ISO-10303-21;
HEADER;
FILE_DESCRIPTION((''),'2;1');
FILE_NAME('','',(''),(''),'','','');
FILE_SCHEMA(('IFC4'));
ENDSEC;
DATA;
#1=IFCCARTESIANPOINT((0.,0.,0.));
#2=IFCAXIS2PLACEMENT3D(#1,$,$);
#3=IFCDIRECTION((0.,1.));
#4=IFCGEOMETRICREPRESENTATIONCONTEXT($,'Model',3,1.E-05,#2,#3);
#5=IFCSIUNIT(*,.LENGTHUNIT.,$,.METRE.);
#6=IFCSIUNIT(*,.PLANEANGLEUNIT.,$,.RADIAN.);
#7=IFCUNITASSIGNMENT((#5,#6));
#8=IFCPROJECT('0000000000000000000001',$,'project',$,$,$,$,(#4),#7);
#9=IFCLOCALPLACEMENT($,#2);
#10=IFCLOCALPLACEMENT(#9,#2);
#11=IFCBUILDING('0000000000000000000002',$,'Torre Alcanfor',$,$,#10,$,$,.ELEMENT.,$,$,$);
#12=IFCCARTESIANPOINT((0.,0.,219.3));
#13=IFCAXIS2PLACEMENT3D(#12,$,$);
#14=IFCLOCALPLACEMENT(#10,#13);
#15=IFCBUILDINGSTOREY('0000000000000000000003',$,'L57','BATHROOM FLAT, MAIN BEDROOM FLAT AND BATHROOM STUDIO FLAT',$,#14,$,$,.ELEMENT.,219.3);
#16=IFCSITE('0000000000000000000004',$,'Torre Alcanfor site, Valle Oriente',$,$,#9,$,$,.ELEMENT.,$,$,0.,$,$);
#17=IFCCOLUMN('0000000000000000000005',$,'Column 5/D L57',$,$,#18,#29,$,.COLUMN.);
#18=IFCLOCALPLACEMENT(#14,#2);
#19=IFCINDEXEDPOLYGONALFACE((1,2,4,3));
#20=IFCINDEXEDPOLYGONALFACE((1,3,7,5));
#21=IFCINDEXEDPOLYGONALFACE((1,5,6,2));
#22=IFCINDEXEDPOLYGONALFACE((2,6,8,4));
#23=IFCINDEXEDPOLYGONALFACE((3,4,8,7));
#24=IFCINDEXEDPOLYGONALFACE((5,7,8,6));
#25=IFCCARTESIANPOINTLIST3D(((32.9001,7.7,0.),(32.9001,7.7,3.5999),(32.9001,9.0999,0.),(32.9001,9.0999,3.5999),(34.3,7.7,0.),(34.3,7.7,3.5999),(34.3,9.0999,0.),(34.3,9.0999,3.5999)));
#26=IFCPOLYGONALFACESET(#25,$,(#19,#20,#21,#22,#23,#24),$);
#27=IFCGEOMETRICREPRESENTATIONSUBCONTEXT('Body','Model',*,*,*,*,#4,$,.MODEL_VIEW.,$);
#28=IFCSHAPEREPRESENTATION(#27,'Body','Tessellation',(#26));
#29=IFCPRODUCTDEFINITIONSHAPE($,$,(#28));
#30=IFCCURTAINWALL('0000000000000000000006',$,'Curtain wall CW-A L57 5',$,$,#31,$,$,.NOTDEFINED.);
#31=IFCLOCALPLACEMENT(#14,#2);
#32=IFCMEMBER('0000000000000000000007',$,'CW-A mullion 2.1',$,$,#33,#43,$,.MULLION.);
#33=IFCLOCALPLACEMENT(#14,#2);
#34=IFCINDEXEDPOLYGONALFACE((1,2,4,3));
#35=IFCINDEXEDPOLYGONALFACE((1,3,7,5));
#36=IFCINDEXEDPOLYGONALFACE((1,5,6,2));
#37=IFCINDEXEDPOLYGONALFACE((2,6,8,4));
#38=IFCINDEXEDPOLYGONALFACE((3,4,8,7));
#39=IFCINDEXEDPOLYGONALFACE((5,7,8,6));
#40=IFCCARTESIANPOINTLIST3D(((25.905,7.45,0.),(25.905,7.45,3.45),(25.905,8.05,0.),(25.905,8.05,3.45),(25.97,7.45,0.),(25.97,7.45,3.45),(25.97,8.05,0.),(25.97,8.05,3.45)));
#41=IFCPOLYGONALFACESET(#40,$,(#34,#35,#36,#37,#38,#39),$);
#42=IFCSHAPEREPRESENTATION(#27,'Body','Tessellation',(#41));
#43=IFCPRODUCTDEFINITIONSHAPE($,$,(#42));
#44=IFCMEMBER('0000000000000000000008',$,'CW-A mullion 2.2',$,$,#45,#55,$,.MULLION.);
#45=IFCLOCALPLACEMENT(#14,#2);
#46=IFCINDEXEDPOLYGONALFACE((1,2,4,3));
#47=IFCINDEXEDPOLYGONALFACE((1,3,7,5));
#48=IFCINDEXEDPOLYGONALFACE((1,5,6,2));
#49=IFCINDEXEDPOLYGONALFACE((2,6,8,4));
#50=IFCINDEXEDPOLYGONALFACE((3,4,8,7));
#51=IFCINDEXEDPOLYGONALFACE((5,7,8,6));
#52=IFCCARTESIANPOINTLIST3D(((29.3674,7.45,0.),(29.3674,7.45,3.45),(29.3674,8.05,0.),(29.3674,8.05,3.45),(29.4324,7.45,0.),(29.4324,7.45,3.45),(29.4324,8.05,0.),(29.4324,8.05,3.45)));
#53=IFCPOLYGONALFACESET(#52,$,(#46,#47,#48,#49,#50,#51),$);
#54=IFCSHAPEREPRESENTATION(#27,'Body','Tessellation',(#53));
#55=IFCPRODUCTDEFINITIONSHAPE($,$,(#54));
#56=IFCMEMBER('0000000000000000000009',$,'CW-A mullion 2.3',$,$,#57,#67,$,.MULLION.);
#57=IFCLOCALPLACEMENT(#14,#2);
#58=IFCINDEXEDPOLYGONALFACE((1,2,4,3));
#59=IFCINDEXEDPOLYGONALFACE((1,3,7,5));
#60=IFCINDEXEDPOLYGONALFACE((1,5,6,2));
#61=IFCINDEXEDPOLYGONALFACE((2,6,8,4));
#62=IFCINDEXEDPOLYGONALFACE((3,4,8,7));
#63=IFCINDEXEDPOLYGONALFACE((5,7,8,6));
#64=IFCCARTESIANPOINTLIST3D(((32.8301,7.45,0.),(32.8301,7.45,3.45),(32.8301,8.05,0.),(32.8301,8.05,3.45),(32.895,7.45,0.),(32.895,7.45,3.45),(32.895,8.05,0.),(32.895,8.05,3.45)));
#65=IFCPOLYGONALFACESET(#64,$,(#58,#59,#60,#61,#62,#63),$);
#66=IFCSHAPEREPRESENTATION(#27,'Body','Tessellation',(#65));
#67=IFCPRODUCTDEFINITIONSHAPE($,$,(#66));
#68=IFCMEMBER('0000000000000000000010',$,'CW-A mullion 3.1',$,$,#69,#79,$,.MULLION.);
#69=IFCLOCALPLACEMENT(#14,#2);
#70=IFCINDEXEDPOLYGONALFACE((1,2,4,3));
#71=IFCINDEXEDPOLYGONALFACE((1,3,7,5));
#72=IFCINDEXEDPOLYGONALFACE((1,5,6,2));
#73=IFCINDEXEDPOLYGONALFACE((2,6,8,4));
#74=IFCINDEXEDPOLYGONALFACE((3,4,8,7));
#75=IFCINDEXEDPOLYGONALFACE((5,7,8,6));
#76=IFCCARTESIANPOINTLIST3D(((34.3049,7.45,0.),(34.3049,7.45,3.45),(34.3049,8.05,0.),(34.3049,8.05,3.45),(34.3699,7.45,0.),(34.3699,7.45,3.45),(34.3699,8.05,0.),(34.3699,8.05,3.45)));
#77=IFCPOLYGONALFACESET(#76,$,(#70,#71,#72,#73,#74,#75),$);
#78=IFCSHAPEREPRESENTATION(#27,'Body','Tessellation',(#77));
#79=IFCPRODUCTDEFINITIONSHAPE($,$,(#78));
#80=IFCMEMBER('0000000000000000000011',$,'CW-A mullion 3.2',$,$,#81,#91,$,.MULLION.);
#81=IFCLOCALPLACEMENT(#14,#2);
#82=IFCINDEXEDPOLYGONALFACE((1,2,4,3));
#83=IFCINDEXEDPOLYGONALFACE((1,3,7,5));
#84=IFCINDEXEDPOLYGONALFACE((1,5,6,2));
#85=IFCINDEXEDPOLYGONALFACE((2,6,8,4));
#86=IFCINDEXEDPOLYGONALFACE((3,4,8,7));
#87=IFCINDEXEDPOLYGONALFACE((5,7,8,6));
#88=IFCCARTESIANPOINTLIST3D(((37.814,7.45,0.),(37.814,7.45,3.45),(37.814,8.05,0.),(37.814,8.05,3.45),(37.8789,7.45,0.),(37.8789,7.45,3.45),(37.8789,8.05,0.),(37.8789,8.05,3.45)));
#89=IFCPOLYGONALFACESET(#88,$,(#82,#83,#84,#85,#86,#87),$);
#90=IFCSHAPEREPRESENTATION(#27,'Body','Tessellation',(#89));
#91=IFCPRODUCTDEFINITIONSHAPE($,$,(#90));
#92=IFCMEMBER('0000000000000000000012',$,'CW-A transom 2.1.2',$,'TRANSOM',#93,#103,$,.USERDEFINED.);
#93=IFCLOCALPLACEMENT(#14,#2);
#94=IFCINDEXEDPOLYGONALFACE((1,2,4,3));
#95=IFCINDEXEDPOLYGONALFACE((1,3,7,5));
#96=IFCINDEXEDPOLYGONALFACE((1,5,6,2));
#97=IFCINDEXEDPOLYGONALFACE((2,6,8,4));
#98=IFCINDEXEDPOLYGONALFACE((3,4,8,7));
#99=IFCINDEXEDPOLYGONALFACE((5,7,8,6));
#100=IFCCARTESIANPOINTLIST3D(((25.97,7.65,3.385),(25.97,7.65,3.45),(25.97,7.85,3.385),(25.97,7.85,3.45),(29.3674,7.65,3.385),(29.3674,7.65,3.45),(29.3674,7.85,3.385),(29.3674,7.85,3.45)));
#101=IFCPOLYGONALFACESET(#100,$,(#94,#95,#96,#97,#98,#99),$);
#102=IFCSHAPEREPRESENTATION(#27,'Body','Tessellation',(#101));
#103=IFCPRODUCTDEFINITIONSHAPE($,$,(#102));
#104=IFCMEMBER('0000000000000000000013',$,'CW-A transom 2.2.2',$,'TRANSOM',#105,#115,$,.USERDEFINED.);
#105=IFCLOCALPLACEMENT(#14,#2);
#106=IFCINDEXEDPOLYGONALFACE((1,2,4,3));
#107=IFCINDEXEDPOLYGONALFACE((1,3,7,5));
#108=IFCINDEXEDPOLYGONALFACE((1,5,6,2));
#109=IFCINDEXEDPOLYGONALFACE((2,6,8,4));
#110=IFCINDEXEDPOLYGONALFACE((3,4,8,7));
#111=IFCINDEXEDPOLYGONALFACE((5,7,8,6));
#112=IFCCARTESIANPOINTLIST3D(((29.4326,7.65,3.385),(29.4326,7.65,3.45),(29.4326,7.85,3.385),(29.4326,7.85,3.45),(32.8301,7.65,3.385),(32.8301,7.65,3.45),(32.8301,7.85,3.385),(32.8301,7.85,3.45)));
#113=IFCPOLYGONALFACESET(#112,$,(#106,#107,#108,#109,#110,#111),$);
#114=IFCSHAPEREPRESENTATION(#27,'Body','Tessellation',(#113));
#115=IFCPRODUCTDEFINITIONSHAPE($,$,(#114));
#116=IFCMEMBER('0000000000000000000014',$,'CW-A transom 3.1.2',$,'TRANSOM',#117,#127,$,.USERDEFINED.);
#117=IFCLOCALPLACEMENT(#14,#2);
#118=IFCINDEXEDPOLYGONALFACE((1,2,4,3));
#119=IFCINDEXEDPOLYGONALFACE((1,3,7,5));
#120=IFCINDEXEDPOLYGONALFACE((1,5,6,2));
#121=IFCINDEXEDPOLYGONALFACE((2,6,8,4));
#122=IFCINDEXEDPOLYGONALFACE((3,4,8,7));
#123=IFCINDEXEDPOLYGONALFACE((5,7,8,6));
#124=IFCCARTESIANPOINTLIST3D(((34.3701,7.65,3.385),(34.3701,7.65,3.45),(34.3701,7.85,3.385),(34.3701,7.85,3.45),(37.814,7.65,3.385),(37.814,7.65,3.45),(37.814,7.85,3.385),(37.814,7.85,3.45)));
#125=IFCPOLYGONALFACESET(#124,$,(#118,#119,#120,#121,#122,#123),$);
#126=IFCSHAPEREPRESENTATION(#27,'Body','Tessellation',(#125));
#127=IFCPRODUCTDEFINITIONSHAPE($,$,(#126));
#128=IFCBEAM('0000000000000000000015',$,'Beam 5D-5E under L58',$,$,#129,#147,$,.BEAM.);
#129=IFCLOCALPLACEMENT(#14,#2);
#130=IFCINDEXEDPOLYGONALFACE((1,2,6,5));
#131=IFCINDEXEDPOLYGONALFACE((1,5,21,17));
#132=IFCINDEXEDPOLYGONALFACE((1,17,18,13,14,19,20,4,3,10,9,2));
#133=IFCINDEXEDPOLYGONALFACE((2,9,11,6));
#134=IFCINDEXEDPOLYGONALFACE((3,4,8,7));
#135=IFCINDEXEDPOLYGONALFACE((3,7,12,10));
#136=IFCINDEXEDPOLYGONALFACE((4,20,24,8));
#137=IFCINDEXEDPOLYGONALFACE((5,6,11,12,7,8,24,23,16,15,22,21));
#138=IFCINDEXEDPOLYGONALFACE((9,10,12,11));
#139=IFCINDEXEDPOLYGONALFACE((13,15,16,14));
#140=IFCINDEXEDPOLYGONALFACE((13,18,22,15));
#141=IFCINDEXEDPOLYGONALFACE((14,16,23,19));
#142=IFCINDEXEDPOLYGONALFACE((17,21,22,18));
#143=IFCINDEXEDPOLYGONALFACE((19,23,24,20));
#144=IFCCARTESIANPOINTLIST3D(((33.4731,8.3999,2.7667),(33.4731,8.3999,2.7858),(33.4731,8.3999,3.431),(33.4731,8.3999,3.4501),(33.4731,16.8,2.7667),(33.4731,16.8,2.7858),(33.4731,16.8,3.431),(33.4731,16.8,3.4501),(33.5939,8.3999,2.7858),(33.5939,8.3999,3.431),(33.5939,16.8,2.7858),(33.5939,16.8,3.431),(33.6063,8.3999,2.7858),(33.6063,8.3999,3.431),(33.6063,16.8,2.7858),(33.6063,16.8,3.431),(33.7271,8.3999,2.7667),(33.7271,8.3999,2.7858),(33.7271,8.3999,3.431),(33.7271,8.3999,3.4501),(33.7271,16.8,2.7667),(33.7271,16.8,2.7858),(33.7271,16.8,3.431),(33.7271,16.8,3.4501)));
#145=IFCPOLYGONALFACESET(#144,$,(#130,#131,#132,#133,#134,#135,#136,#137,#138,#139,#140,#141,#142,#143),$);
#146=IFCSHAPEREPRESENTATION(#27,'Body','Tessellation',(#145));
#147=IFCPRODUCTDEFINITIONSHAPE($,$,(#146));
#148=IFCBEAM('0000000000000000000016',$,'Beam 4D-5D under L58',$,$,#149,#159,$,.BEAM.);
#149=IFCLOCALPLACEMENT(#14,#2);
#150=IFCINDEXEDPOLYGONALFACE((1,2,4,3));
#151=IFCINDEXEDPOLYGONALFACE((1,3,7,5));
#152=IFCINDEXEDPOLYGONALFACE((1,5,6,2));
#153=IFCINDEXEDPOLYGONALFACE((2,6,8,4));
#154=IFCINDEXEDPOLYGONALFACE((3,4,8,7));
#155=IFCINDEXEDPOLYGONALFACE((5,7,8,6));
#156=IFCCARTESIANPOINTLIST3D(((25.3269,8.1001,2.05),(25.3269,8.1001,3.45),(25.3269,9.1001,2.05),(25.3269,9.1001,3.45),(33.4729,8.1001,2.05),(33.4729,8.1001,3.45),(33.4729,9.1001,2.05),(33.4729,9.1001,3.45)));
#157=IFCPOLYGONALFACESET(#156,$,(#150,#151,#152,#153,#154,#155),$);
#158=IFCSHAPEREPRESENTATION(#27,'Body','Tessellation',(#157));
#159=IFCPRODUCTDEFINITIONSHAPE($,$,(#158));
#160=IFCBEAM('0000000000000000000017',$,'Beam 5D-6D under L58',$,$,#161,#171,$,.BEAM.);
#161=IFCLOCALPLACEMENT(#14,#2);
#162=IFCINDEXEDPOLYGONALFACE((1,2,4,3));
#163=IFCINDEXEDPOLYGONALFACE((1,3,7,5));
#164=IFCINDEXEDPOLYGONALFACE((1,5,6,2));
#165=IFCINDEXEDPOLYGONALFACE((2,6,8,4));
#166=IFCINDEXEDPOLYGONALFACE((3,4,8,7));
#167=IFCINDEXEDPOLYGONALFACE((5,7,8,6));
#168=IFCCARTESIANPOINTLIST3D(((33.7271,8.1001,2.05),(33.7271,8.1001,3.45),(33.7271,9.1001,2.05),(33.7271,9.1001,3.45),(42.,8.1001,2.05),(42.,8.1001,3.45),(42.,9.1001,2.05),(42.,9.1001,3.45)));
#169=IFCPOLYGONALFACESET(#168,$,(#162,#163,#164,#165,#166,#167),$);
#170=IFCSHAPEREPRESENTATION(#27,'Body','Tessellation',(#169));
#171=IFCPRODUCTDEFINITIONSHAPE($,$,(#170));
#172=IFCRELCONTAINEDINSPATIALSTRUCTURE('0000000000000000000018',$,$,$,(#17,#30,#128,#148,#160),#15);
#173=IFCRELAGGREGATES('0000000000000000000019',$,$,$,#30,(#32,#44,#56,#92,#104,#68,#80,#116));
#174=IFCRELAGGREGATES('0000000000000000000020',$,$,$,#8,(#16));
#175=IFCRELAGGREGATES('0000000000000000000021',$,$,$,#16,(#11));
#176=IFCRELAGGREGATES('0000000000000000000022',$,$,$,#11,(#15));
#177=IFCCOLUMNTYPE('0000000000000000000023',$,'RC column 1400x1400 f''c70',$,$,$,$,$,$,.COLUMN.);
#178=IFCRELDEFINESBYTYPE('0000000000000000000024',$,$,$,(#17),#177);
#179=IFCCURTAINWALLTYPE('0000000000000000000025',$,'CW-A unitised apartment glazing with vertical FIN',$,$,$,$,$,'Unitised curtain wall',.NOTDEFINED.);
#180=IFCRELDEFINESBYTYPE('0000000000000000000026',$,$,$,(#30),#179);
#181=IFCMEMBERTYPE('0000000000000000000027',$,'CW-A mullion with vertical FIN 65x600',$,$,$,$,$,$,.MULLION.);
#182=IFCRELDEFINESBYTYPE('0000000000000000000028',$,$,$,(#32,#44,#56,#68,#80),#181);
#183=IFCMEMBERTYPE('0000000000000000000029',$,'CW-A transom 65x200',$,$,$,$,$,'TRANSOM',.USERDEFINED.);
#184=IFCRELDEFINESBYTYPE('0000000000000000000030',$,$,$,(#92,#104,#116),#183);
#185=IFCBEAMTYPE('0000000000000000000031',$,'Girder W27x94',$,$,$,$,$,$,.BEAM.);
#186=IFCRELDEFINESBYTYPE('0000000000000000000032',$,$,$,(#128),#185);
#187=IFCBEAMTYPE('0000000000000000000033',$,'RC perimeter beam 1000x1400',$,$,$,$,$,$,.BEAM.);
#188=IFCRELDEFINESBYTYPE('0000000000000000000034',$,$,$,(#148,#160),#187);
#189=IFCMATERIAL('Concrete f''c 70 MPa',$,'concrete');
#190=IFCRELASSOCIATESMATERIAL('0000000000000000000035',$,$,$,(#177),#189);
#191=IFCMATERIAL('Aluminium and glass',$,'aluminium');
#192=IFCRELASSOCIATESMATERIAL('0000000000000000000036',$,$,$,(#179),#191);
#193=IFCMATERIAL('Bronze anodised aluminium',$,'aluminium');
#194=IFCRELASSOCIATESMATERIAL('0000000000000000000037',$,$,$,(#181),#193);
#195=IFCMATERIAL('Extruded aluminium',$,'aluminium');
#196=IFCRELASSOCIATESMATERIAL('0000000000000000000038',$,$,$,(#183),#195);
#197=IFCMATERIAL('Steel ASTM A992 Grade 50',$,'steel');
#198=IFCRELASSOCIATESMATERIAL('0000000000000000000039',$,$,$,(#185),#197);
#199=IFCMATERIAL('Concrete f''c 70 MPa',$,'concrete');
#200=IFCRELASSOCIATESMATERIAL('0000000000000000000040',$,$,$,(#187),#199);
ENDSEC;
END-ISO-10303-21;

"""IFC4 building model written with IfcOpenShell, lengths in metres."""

from ifc_helpers import new_model, si_unit, direction, frame, origin, origin_2d, place, context, subcontext, project, spatial, rectangle, i_section, extrude, material, material_profile, profile_set, type_object, element, aggregate, save


model = new_model("IFC4")

# Units and contexts
model_context = context("Model", 3, precision=1e-05, world=origin(), true_north=direction((0.0, 1.0)))
body_context = subcontext(model_context, "Body", "Model", "MODEL_VIEW")
ifc_project = project(units=[si_unit("LENGTHUNIT", "METRE"), si_unit("PLANEANGLEUNIT", "RADIAN")], contexts=[model_context])

# Site, building, storey
site_placement = place(None, origin())
site = spatial("IfcSite", under=ifc_project, at=site_placement, Name="Torre Alcanfor site, Valle Oriente", CompositionType="ELEMENT", RefElevation=0.0)
building_placement = place(site_placement, origin())
building = spatial("IfcBuilding", under=site, at=building_placement, Name="Torre Alcanfor", CompositionType="ELEMENT")
storey_placement = place(building_placement, frame((0.0, 0.0, 219.3)))
storey = spatial("IfcBuildingStorey", under=building, at=storey_placement, Name="L57", Description="BATHROOM FLAT, MAIN BEDROOM FLAT AND BATHROOM STUDIO FLAT", CompositionType="ELEMENT", Elevation=219.3)

# Column
ifc_material_1 = material(Name="Concrete f'c 70 MPa", Category="concrete")
ifc_material_profile_1 = material_profile(ifc_material_1, rectangle(XDim=1.3999, YDim=1.3999, at=origin_2d()), Name="1400x1400")
ifc_profile_set_1 = profile_set([ifc_material_profile_1], Name="Concrete f'c 70 MPa")
column_type = type_object("IfcColumnType", Name="RC column 1400x1400 f'c70", PredefinedType="COLUMN", material=ifc_profile_set_1)
column_placement = place(storey_placement, frame((33.6001, 8.3999, 0.0), z_axis=(0.0, 0.0, 1.0), x_axis=(1.0, 0.0, 0.0)))
element("IfcColumn", 1, at=column_placement, inside=storey, type_object=column_type, Name="Column 5/D L57", PredefinedType="COLUMN", context=body_context, shape_type="SweptSolid", body=[
    extrude(rectangle(XDim=1.3999, YDim=1.3999, at=origin_2d()), origin(), (0.0, 0.0, 1.0), 3.5999),
])

# Curtain wall, members
ifc_material_2 = material(Name="Aluminium and glass", Category="aluminium")
curtain_wall_type = type_object("IfcCurtainWallType", Name="CW-A unitised apartment glazing with vertical FIN", ElementType="Unitised curtain wall", PredefinedType="NOTDEFINED", material=ifc_material_2)
curtain_wall_placement = place(storey_placement, origin())
curtain_wall = element("IfcCurtainWall", 2, at=curtain_wall_placement, inside=storey, type_object=curtain_wall_type, Name="Curtain wall CW-A L57 5", PredefinedType="NOTDEFINED")
ifc_material_3 = material(Name="Bronze anodised aluminium", Category="aluminium")
ifc_material_profile_2 = material_profile(ifc_material_3, rectangle(XDim=0.6001, YDim=0.0649, at=origin_2d()), Name="CW-A mullion 65x600")
ifc_profile_set_2 = profile_set([ifc_material_profile_2], Name="Bronze anodised aluminium")
member_type_1 = type_object("IfcMemberType", Name="CW-A mullion with vertical FIN 65x600", PredefinedType="MULLION", material=ifc_profile_set_2)
member_1_placement = place(storey_placement, frame((25.9375, 7.75, 0.0), z_axis=(0.0, 0.0, 1.0), x_axis=(0.0, 1.0, 0.0)))
member_1 = element("IfcMember", 3, at=member_1_placement, type_object=member_type_1, Name="CW-A mullion 2.1", PredefinedType="MULLION", context=body_context, shape_type="SweptSolid", body=[
    extrude(rectangle(XDim=0.6001, YDim=0.0649, at=origin_2d()), origin(), (0.0, 0.0, 1.0), 3.45),
])
member_2_placement = place(storey_placement, frame((29.3999, 7.75, 0.0), z_axis=(0.0, 0.0, 1.0), x_axis=(0.0, 1.0, 0.0)))
member_2 = element("IfcMember", 4, at=member_2_placement, type_object=member_type_1, Name="CW-A mullion 2.2", PredefinedType="MULLION", context=body_context, shape_type="SweptSolid", body=[
    extrude(rectangle(XDim=0.6001, YDim=0.0649, at=origin_2d()), origin(), (0.0, 0.0, 1.0), 3.45),
])
member_3_placement = place(storey_placement, frame((32.8625, 7.75, 0.0), z_axis=(0.0, 0.0, 1.0), x_axis=(0.0, 1.0, 0.0)))
member_3 = element("IfcMember", 5, at=member_3_placement, type_object=member_type_1, Name="CW-A mullion 2.3", PredefinedType="MULLION", context=body_context, shape_type="SweptSolid", body=[
    extrude(rectangle(XDim=0.6001, YDim=0.0649, at=origin_2d()), origin(), (0.0, 0.0, 1.0), 3.45),
])
member_4_placement = place(storey_placement, frame((34.3374, 7.75, 0.0), z_axis=(0.0, 0.0, 1.0), x_axis=(0.0, 1.0, 0.0)))
member_4 = element("IfcMember", 6, at=member_4_placement, type_object=member_type_1, Name="CW-A mullion 3.1", PredefinedType="MULLION", context=body_context, shape_type="SweptSolid", body=[
    extrude(rectangle(XDim=0.6001, YDim=0.0649, at=origin_2d()), origin(), (0.0, 0.0, 1.0), 3.45),
])
member_5_placement = place(storey_placement, frame((37.8464, 7.75, 0.0), z_axis=(0.0, 0.0, 1.0), x_axis=(0.0, 1.0, 0.0)))
member_5 = element("IfcMember", 7, at=member_5_placement, type_object=member_type_1, Name="CW-A mullion 3.2", PredefinedType="MULLION", context=body_context, shape_type="SweptSolid", body=[
    extrude(rectangle(XDim=0.6001, YDim=0.0649, at=origin_2d()), origin(), (0.0, 0.0, 1.0), 3.45),
])
ifc_material_4 = material(Name="Extruded aluminium", Category="aluminium")
ifc_material_profile_3 = material_profile(ifc_material_4, rectangle(XDim=0.2, YDim=0.0649, at=origin_2d()), Name="CW-A transom 200x65")
ifc_profile_set_3 = profile_set([ifc_material_profile_3], Name="Extruded aluminium")
member_type_2 = type_object("IfcMemberType", Name="CW-A transom 65x200", ElementType="TRANSOM", PredefinedType="USERDEFINED", material=ifc_profile_set_3)
member_6_placement = place(storey_placement, frame((25.97, 7.75, 3.4175), z_axis=(1.0, 0.0, 0.0), x_axis=(0.0, 1.0, 0.0)))
member_6 = element("IfcMember", 8, at=member_6_placement, type_object=member_type_2, Name="CW-A transom 2.1.2", ObjectType="TRANSOM", PredefinedType="USERDEFINED", context=body_context, shape_type="SweptSolid", body=[
    extrude(rectangle(XDim=0.2, YDim=0.0649, at=origin_2d()), origin(), (0.0, 0.0, 1.0), 3.3975),
])
member_7_placement = place(storey_placement, frame((29.4326, 7.75, 3.4175), z_axis=(1.0, 0.0, 0.0), x_axis=(0.0, 1.0, 0.0)))
member_7 = element("IfcMember", 9, at=member_7_placement, type_object=member_type_2, Name="CW-A transom 2.2.2", ObjectType="TRANSOM", PredefinedType="USERDEFINED", context=body_context, shape_type="SweptSolid", body=[
    extrude(rectangle(XDim=0.2, YDim=0.0649, at=origin_2d()), origin(), (0.0, 0.0, 1.0), 3.3975),
])
member_8_placement = place(storey_placement, frame((34.3701, 7.75, 3.4175), z_axis=(1.0, 0.0, 0.0), x_axis=(0.0, 1.0, 0.0)))
member_8 = element("IfcMember", 10, at=member_8_placement, type_object=member_type_2, Name="CW-A transom 3.1.2", ObjectType="TRANSOM", PredefinedType="USERDEFINED", context=body_context, shape_type="SweptSolid", body=[
    extrude(rectangle(XDim=0.2, YDim=0.0649, at=origin_2d()), origin(), (0.0, 0.0, 1.0), 3.4438),
])

# Beams
ifc_material_5 = material(Name="Steel ASTM A992 Grade 50", Category="steel")
ifc_material_profile_4 = material_profile(ifc_material_5, i_section(OverallWidth=0.2539, OverallDepth=0.6833, WebThickness=0.0125, FlangeThickness=0.019, at=origin_2d()), Name="W27x94")
ifc_profile_set_4 = profile_set([ifc_material_profile_4], Name="Steel ASTM A992 Grade 50")
beam_type_1 = type_object("IfcBeamType", Name="Girder W27x94", PredefinedType="BEAM", material=ifc_profile_set_4)
beam_1_placement = place(storey_placement, frame((33.6001, 8.3999, 3.1084), z_axis=(0.0, 1.0, 0.0), x_axis=(-1.0, 0.0, 0.0)))
element("IfcBeam", 11, at=beam_1_placement, inside=storey, type_object=beam_type_1, Name="Beam 5D-5E under L58", PredefinedType="BEAM", context=body_context, shape_type="SweptSolid", body=[
    extrude(i_section(OverallWidth=0.2539, OverallDepth=0.6833, WebThickness=0.0125, FlangeThickness=0.019, at=origin_2d()), origin(), (0.0, 0.0, 1.0), 8.4001),
])
ifc_material_6 = material(Name="Concrete f'c 70 MPa", Category="concrete")
ifc_material_profile_5 = material_profile(ifc_material_6, rectangle(XDim=1.0, YDim=1.3999, at=origin_2d()), Name="1000x1400")
ifc_profile_set_5 = profile_set([ifc_material_profile_5], Name="Concrete f'c 70 MPa")
beam_type_2 = type_object("IfcBeamType", Name="RC perimeter beam 1000x1400", PredefinedType="BEAM", material=ifc_profile_set_5)
beam_2_placement = place(storey_placement, frame((25.3269, 8.6001, 2.75), z_axis=(1.0, 0.0, 0.0), x_axis=(0.0, 1.0, 0.0)))
element("IfcBeam", 12, at=beam_2_placement, inside=storey, type_object=beam_type_2, Name="Beam 4D-5D under L58", PredefinedType="BEAM", context=body_context, shape_type="SweptSolid", body=[
    extrude(rectangle(XDim=1.0, YDim=1.3999, at=origin_2d()), origin(), (0.0, 0.0, 1.0), 8.146),
])
beam_3_placement = place(storey_placement, frame((33.7271, 8.6001, 2.75), z_axis=(1.0, 0.0, 0.0), x_axis=(0.0, 1.0, 0.0)))
element("IfcBeam", 13, at=beam_3_placement, inside=storey, type_object=beam_type_2, Name="Beam 5D-6D under L58", PredefinedType="BEAM", context=body_context, shape_type="SweptSolid", body=[
    extrude(rectangle(XDim=1.0, YDim=1.3999, at=origin_2d()), origin(), (0.0, 0.0, 1.0), 8.2729),
])

aggregate(curtain_wall, [member_1, member_2, member_3, member_6, member_7, member_4, member_5, member_8])

save(model, "model.ifc")
